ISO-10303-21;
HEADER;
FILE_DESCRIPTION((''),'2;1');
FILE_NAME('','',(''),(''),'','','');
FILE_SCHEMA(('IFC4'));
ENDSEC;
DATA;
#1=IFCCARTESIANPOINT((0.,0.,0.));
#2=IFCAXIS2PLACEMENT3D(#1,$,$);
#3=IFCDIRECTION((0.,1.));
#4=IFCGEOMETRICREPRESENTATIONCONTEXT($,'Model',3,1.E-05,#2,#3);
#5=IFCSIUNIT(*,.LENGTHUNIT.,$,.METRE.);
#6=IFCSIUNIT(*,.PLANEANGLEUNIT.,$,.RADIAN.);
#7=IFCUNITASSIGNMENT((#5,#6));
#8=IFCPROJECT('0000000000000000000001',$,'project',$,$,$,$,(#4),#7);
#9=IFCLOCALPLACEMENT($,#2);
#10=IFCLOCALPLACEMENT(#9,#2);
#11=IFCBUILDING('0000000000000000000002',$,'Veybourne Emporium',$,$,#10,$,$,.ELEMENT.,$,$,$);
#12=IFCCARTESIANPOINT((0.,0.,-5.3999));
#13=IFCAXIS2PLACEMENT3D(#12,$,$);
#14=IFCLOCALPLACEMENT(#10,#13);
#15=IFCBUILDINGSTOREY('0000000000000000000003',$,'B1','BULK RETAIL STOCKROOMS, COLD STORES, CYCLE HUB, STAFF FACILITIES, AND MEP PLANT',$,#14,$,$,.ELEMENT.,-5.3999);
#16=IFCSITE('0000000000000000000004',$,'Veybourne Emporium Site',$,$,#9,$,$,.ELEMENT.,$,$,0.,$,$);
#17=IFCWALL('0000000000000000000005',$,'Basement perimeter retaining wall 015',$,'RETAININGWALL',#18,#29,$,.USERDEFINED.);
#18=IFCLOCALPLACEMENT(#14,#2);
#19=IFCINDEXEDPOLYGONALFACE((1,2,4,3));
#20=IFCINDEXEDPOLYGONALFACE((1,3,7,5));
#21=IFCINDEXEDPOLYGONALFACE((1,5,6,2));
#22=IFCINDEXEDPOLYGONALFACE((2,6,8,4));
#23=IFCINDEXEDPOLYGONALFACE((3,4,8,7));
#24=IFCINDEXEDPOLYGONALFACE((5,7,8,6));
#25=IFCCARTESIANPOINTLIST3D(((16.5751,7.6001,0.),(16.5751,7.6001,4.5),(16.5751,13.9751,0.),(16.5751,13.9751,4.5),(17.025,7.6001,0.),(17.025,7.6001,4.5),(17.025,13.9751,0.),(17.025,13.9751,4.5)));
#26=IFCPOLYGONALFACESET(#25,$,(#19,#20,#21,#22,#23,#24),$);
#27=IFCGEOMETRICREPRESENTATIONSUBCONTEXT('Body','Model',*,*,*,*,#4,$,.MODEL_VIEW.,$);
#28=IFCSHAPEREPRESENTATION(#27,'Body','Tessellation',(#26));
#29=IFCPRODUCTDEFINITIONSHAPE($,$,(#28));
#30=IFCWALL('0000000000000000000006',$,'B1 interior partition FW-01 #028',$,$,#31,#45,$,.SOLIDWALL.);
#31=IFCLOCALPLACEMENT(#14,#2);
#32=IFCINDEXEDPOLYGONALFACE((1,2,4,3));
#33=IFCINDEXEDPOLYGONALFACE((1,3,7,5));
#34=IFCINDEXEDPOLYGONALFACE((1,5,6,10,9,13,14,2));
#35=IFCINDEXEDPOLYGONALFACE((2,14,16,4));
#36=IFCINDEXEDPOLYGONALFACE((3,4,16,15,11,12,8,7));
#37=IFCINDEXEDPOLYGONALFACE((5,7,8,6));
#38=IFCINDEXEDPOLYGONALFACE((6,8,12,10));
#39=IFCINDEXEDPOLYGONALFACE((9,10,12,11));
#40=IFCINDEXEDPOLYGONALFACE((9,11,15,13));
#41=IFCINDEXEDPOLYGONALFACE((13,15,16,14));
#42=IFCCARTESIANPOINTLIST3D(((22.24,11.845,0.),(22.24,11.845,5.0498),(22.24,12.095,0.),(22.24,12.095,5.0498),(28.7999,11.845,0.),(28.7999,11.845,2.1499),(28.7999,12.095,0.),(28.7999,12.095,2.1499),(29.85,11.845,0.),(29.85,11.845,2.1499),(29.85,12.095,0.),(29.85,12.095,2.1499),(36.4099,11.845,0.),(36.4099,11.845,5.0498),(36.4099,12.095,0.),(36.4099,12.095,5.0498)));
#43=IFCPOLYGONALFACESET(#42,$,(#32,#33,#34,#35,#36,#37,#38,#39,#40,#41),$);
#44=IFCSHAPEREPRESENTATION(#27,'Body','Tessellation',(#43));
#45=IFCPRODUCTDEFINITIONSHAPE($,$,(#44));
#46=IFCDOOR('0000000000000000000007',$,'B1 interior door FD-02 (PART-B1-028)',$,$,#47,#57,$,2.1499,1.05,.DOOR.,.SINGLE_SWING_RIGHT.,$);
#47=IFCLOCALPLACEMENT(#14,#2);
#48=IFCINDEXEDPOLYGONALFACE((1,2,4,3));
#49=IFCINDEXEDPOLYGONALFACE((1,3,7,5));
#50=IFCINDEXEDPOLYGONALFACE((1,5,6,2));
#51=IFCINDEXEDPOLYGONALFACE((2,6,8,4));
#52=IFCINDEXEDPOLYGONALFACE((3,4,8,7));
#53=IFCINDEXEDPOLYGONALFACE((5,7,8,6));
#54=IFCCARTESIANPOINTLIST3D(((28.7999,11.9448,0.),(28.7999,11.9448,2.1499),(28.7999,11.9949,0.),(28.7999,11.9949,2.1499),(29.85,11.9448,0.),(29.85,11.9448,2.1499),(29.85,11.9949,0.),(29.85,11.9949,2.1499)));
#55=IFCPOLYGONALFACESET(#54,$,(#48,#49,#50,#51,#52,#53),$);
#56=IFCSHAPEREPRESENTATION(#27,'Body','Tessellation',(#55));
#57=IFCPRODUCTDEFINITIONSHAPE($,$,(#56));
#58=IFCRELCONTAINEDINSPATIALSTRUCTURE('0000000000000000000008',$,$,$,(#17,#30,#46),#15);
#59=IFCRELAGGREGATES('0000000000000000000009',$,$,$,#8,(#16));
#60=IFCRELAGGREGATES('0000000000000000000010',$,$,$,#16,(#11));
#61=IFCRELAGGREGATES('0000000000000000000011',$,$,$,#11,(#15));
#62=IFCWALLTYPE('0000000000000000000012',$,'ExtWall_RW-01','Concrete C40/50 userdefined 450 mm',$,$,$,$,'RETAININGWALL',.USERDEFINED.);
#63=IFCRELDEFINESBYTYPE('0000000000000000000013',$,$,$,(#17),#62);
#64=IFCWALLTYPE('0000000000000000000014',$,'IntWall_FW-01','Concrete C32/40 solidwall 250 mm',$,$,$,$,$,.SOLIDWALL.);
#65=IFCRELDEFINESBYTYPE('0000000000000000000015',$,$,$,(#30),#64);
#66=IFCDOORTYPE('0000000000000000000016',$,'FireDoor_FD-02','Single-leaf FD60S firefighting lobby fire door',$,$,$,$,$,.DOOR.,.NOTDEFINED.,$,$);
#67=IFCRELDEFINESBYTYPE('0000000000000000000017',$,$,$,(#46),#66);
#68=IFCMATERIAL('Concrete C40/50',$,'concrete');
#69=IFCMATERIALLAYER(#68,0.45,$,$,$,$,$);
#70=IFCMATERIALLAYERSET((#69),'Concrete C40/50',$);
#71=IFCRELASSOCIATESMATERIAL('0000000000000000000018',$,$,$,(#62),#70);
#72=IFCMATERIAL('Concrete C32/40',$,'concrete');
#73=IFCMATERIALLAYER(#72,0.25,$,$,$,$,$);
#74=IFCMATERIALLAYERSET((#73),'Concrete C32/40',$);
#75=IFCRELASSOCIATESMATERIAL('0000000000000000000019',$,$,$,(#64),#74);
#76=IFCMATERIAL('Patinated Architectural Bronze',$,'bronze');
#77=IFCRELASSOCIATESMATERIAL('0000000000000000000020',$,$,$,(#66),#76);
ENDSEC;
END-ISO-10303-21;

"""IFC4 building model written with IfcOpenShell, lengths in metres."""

from ifc_helpers import new_model, si_unit, direction, frame, frame_2d, origin, place, context, subcontext, project, spatial, rectangle, extrude, material, layer, layer_set, type_object, element, fill, save


model = new_model("IFC4")

# Units and contexts
model_context = context("Model", 3, precision=1e-05, world=origin(), true_north=direction((0.0, 1.0)))
body_context = subcontext(model_context, "Body", "Model", "MODEL_VIEW")
ifc_project = project(units=[si_unit("LENGTHUNIT", "METRE"), si_unit("PLANEANGLEUNIT", "RADIAN")], contexts=[model_context])

# Site, building, storey
site_placement = place(None, origin())
site = spatial("IfcSite", under=ifc_project, at=site_placement, Name="Veybourne Emporium Site", CompositionType="ELEMENT", RefElevation=0.0)
building_placement = place(site_placement, origin())
building = spatial("IfcBuilding", under=site, at=building_placement, Name="Veybourne Emporium", CompositionType="ELEMENT")
storey_placement = place(building_placement, frame((0.0, 0.0, -5.3999)))
storey = spatial("IfcBuildingStorey", under=building, at=storey_placement, Name="B1", Description="BULK RETAIL STOCKROOMS, COLD STORES, CYCLE HUB, STAFF FACILITIES, AND MEP PLANT", CompositionType="ELEMENT", Elevation=-5.3999)

# Shared definitions
ifc_material_1 = material(Name="Concrete C40/50", Category="concrete")

# Shared definitions
ifc_material_2 = material(Name="Concrete C32/40", Category="concrete")

# Wall
ifc_layer_1 = layer(ifc_material_1, 0.45)
ifc_layer_set_1 = layer_set([ifc_layer_1], Name="Concrete C40/50")
wall_type_1 = type_object("IfcWallType", Name="ExtWall_RW-01", Description="Concrete C40/50 userdefined 450 mm", ElementType="RETAININGWALL", PredefinedType="USERDEFINED", material=ifc_layer_set_1)
wall_1_placement = place(storey_placement, frame((16.8, 7.6001, 0.0), z_axis=(0.0, 0.0, 1.0), x_axis=(0.0, 1.0, 0.0)))
element("IfcWall", 1, at=wall_1_placement, inside=storey, type_object=wall_type_1, Name="Basement perimeter retaining wall 015", ObjectType="RETAININGWALL", PredefinedType="USERDEFINED", context=body_context, shape_type="SweptSolid", body=[
    extrude(rectangle(XDim=6.375, YDim=0.45, at=frame_2d((3.1875, 0.0))), origin(), (0.0, 0.0, 1.0), 4.5),
])

# Wall, opening, door
ifc_layer_2 = layer(ifc_material_2, 0.25)
ifc_layer_set_2 = layer_set([ifc_layer_2], Name="Concrete C32/40")
wall_type_2 = type_object("IfcWallType", Name="IntWall_FW-01", Description="Concrete C32/40 solidwall 250 mm", PredefinedType="SOLIDWALL", material=ifc_layer_set_2)
wall_2_placement = place(storey_placement, frame((22.24, 11.97, 0.0), z_axis=(0.0, 0.0, 1.0), x_axis=(1.0, 0.0, 0.0)))
wall_2 = element("IfcWall", 2, at=wall_2_placement, inside=storey, type_object=wall_type_2, Name="B1 interior partition FW-01 #028", PredefinedType="SOLIDWALL", context=body_context, shape_type="SweptSolid", body=[
    extrude(rectangle(XDim=14.1699, YDim=0.25, at=frame_2d((7.085, 0.0))), origin(), (0.0, 0.0, 1.0), 5.0498),
])
opening_1_placement = place(wall_2_placement, frame((6.5601, 0.0, 0.0)))
opening_1 = element("IfcOpeningElement", 3, at=opening_1_placement, cuts=wall_2, PredefinedType="OPENING", context=body_context, shape_type="SweptSolid", body=[
    extrude(rectangle(XDim=1.05, YDim=2.1499, at=frame_2d((0.5249, 1.075))), frame((0.0, 0.145, 0.0), z_axis=(0.0, -1.0, 0.0), x_axis=(1.0, 0.0, 0.0)), (0.0, 0.0, 1.0), 0.29),
])
ifc_material_3 = material(Name="Patinated Architectural Bronze", Category="bronze")
door_type = type_object("IfcDoorType", Name="FireDoor_FD-02", Description="Single-leaf FD60S firefighting lobby fire door", OperationType="NOTDEFINED", PredefinedType="DOOR", material=ifc_material_3)
door_1_placement = place(opening_1_placement, origin())
door_1 = element("IfcDoor", 4, at=door_1_placement, inside=storey, type_object=door_type, Name="B1 interior door FD-02 (PART-B1-028)", OperationType="SINGLE_SWING_RIGHT", OverallHeight=2.1499, OverallWidth=1.05, PredefinedType="DOOR", context=body_context, shape_type="SweptSolid", body=[
    extrude(rectangle(XDim=1.05, YDim=2.1499, at=frame_2d((0.5249, 1.075))), frame((0.0, 0.0249, 0.0), z_axis=(0.0, -1.0, 0.0), x_axis=(1.0, 0.0, 0.0)), (0.0, 0.0, 1.0), 0.05),
])
fill(opening_1, door_1)

save(model, "model.ifc")
